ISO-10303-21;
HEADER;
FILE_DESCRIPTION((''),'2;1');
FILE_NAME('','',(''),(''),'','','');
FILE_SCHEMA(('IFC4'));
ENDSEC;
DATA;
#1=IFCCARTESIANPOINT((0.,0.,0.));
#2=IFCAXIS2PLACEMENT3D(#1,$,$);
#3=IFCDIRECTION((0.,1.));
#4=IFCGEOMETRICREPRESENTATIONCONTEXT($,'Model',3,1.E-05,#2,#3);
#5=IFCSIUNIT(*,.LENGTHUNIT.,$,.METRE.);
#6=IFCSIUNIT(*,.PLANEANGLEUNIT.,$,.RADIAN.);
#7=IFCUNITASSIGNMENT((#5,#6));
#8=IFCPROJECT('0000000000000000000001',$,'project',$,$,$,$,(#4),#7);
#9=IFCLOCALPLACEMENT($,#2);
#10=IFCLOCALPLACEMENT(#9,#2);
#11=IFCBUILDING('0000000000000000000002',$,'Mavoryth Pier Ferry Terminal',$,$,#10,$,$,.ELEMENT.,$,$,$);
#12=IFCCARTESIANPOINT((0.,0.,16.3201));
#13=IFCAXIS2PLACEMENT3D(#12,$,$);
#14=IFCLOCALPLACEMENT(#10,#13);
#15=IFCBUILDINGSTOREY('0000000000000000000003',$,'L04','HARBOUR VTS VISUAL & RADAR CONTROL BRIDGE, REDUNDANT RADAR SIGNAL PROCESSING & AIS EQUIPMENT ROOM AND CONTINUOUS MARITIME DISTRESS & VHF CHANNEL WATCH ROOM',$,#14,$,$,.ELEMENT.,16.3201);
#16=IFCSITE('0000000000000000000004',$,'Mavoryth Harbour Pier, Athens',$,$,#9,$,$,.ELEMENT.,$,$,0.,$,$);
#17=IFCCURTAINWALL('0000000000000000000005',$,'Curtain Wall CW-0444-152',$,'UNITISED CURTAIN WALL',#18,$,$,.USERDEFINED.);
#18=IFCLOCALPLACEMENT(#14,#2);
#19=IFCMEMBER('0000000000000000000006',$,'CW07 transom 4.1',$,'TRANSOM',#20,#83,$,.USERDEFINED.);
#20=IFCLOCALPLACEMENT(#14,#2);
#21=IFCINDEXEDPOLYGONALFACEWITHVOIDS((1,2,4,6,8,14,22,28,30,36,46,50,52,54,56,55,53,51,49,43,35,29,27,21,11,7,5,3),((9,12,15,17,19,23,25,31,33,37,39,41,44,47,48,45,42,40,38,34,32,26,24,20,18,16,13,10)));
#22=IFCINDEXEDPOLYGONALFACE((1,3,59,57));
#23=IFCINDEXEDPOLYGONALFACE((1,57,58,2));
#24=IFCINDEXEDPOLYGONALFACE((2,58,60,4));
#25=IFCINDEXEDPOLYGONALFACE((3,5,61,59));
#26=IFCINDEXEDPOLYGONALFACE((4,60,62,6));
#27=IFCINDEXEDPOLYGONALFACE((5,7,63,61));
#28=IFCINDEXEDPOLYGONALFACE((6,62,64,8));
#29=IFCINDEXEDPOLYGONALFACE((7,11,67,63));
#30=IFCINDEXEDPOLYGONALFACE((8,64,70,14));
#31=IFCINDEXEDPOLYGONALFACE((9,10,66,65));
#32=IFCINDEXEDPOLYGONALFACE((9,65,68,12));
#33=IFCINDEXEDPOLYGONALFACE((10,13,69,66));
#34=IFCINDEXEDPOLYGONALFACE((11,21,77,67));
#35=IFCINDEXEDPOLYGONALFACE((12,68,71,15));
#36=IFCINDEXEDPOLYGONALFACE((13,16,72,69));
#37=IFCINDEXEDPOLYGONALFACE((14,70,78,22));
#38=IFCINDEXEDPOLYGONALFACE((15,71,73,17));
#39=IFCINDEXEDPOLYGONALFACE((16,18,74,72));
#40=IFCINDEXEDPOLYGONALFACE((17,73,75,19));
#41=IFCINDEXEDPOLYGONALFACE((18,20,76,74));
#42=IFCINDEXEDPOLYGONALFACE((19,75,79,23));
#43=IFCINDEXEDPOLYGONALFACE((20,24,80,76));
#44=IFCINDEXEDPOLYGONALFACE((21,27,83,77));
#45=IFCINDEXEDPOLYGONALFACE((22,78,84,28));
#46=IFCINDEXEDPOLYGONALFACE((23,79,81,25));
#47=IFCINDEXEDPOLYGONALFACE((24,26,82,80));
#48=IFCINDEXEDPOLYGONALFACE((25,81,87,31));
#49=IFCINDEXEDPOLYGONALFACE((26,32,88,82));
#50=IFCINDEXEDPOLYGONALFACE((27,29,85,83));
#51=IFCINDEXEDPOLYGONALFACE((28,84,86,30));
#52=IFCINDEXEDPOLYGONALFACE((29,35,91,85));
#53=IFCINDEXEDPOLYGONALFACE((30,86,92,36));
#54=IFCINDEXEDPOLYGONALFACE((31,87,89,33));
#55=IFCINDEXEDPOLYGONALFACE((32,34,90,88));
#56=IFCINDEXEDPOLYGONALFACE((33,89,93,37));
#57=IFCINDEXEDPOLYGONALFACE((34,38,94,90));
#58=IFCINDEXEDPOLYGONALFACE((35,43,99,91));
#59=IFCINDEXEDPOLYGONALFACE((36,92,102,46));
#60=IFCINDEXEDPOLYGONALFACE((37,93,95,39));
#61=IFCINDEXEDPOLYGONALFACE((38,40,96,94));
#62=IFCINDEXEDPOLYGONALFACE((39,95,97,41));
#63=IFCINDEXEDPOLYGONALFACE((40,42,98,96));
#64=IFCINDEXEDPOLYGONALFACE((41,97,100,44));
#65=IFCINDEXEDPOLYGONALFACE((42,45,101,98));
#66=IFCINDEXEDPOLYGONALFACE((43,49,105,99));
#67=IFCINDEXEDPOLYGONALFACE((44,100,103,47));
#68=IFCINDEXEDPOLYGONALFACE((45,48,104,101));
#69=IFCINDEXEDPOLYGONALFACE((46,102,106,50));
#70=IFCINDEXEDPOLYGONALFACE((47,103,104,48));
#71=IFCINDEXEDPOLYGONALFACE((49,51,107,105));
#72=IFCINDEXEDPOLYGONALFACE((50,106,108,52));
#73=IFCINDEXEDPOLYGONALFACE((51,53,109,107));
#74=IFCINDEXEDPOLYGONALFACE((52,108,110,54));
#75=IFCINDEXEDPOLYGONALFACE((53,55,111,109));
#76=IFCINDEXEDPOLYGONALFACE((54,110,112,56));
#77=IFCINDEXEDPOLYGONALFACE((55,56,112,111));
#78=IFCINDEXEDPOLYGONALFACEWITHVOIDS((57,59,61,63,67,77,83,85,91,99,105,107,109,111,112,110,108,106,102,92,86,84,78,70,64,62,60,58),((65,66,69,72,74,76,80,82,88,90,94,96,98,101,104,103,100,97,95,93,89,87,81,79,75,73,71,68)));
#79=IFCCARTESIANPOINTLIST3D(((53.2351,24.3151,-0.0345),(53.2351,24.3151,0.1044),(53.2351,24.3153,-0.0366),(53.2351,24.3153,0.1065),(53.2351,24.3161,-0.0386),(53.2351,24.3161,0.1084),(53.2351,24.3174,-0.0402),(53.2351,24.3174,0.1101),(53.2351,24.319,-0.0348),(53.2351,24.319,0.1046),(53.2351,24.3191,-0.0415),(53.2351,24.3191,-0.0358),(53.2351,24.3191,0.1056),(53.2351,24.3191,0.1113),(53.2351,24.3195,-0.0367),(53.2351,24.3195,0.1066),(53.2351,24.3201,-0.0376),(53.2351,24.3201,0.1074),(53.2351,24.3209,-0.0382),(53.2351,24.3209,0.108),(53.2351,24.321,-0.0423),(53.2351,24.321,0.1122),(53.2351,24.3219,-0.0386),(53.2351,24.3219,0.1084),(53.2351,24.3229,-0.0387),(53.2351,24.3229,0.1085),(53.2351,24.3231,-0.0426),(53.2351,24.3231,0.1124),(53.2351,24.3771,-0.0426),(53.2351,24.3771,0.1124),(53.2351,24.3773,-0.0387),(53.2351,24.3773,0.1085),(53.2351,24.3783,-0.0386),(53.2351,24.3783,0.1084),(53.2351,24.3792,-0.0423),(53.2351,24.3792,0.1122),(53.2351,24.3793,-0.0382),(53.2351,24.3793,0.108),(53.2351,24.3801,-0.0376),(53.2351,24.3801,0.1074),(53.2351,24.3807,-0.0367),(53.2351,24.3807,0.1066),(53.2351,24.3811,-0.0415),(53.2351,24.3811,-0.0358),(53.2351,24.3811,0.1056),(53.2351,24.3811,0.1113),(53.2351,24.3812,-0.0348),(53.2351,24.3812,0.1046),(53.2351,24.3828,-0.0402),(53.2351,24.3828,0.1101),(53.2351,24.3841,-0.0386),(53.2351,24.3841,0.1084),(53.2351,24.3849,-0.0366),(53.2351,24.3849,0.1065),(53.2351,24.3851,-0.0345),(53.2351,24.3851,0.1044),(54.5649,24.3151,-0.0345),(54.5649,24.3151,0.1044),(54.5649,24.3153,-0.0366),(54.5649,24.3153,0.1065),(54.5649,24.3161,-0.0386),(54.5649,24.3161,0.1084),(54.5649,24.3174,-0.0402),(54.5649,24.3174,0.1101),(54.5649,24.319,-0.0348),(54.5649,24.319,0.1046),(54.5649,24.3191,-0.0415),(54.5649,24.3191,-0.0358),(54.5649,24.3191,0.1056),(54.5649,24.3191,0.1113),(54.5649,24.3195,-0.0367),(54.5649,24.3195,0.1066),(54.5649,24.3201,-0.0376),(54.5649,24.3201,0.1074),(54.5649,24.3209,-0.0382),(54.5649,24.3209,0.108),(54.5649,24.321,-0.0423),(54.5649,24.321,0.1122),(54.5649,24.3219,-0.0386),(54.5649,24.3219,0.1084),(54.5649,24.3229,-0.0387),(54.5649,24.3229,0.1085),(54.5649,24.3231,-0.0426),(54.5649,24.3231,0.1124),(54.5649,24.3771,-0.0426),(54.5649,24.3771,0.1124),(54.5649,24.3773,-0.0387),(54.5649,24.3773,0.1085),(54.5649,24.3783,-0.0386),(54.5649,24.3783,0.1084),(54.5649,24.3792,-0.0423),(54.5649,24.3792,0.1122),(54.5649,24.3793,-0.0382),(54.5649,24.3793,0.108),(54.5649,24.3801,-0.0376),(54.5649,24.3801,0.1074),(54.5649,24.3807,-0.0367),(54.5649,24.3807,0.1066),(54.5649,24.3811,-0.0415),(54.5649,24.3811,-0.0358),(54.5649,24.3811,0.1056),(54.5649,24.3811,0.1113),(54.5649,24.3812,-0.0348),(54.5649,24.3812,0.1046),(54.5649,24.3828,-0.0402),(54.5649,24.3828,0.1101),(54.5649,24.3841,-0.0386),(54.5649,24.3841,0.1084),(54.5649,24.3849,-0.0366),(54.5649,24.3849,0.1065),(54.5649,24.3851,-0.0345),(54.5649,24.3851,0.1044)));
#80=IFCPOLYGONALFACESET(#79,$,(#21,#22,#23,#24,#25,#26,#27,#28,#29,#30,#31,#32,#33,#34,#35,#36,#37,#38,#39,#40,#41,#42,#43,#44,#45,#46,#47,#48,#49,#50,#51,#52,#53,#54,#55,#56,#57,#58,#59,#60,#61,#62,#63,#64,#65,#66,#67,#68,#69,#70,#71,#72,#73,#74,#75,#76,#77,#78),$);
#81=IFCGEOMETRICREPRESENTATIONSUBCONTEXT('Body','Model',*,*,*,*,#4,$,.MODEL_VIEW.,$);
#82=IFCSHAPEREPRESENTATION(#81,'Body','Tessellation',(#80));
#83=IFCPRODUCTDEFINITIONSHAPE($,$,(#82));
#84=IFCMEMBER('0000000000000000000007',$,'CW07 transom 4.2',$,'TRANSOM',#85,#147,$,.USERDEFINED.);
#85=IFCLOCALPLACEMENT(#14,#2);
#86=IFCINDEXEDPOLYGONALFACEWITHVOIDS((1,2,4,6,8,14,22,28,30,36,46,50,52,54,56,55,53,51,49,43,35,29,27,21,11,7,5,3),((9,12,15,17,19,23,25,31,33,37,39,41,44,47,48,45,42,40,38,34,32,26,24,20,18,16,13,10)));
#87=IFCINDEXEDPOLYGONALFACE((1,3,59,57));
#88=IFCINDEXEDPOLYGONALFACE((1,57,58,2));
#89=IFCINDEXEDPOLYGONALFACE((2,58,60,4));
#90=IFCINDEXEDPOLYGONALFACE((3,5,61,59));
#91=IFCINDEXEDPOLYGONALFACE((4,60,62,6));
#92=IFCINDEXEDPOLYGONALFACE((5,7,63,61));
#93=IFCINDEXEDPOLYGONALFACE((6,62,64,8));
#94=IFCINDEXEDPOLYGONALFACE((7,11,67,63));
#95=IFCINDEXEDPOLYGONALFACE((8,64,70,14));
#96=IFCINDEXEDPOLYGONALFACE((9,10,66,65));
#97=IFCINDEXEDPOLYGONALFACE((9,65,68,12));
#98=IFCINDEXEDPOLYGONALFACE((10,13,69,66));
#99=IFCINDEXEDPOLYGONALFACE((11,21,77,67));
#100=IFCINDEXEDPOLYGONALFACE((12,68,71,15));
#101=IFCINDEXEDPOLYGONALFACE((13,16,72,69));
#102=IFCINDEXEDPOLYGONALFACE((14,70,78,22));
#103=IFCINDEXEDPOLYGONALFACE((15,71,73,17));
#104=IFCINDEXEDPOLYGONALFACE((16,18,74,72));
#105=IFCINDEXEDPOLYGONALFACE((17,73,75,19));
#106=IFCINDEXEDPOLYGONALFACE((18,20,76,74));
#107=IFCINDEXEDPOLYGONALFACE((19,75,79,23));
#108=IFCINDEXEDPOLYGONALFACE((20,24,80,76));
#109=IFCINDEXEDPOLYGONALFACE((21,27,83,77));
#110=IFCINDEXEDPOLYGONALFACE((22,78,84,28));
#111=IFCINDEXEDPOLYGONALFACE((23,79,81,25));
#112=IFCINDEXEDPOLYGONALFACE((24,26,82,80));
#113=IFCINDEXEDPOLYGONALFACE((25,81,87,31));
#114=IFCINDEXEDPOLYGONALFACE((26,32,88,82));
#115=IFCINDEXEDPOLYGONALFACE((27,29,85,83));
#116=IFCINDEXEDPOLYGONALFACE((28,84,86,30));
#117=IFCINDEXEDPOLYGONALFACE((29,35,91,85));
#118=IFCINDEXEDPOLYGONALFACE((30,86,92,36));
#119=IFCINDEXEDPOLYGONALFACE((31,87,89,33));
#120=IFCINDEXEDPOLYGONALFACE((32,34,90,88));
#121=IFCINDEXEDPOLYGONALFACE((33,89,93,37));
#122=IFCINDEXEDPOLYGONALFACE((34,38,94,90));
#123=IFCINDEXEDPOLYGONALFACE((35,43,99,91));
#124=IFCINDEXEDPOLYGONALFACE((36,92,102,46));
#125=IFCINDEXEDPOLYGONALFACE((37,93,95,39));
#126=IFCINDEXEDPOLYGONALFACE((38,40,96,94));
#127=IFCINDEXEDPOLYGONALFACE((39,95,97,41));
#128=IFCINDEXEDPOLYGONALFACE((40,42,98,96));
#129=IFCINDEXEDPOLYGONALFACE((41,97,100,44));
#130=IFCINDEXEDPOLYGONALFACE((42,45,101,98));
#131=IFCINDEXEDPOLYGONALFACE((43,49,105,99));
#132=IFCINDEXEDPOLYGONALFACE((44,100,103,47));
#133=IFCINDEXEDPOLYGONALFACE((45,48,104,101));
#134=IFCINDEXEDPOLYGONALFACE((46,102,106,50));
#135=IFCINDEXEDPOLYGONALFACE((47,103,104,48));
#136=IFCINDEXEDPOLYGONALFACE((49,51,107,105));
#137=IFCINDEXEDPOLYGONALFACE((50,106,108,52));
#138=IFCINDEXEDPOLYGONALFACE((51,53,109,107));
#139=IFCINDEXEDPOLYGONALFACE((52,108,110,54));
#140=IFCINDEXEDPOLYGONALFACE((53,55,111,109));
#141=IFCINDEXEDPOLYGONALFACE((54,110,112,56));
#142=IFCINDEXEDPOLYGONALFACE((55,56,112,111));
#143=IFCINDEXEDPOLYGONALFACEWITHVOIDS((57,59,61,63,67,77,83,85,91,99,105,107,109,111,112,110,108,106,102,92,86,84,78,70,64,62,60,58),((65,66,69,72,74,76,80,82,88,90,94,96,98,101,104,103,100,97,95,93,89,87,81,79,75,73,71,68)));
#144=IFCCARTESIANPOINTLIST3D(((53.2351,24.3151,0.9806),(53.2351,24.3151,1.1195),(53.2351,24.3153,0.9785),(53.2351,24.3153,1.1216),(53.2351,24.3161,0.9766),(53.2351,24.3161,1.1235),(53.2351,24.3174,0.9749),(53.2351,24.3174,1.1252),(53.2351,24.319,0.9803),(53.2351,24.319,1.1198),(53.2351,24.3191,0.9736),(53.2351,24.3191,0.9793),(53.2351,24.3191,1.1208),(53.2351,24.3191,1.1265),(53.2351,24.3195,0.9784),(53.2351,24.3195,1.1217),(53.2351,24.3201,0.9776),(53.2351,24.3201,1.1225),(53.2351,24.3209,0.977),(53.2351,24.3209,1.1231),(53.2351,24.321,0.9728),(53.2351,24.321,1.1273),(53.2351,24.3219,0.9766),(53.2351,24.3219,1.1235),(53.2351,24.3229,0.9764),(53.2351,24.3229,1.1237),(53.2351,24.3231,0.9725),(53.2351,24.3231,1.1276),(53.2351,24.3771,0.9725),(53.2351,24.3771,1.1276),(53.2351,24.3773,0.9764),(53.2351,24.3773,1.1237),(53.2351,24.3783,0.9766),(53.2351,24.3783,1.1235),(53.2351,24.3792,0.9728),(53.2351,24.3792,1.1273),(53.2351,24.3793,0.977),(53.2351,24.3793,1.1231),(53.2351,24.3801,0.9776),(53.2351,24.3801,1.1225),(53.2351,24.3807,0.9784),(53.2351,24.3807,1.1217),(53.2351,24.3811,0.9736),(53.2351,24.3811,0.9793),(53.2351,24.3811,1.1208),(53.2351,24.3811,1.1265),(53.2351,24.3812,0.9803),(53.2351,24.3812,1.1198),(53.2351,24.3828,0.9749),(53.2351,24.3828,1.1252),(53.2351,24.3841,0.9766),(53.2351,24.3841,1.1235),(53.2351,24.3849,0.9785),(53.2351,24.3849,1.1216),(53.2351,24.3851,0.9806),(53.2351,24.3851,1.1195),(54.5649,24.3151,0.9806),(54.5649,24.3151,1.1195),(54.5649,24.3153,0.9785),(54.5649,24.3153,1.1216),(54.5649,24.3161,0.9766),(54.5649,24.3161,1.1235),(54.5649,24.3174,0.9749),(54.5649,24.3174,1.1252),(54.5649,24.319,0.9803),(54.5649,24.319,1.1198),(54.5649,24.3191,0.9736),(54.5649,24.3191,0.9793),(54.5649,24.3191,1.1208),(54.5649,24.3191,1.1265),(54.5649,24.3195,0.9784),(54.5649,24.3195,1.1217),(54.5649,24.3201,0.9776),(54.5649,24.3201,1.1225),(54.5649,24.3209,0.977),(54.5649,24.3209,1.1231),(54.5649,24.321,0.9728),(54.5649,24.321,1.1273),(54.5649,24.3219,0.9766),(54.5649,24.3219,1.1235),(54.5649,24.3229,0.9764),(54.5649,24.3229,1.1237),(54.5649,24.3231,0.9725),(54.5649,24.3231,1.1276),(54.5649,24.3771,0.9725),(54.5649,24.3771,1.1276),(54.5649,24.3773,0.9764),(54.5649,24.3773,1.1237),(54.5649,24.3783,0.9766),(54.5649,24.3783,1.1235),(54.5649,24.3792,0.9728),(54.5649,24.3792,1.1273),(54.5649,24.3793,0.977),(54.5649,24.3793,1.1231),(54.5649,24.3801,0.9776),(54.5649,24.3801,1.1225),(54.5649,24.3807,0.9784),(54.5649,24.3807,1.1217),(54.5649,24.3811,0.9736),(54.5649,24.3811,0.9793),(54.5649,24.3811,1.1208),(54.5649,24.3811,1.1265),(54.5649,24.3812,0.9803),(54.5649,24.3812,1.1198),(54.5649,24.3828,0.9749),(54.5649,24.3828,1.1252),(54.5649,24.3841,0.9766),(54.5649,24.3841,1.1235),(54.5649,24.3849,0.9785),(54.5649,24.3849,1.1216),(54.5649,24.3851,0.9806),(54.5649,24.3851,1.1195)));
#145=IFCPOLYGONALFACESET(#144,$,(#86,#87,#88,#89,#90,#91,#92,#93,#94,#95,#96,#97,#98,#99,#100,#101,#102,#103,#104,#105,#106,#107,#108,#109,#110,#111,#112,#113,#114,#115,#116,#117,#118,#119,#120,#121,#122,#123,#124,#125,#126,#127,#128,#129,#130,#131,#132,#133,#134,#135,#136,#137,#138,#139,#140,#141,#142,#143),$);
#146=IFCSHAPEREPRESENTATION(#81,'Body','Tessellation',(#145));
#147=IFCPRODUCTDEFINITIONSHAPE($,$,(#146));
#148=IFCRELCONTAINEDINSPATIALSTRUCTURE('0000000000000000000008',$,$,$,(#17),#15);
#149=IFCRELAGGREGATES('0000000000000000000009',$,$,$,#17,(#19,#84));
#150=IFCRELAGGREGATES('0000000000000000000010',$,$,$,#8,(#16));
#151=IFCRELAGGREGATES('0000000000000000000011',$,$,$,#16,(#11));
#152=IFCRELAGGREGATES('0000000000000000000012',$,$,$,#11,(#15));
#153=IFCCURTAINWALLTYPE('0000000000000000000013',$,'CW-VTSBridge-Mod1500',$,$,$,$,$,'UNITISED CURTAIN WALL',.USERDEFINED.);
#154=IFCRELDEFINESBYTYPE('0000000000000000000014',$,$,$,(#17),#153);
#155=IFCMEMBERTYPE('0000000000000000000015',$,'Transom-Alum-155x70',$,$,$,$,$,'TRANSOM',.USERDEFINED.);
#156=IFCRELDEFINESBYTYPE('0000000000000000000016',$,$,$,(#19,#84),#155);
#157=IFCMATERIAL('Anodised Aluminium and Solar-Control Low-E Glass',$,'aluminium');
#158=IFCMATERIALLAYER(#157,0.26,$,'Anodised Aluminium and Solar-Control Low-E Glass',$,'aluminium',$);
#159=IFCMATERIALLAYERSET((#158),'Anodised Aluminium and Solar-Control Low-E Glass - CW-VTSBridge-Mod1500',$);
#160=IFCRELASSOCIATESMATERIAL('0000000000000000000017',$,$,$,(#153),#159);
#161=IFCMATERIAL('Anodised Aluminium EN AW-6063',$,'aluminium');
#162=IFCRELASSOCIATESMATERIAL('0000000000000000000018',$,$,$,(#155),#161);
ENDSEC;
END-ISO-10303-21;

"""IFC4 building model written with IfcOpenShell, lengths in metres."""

from ifc_helpers import new_model, si_unit, direction, frame, origin, origin_2d, place, context, subcontext, project, spatial, hollow_rectangle, extrude, material, layer, layer_set, material_profile, profile_set, type_object, element, aggregate, save


model = new_model("IFC4")

# Units and contexts
model_context = context("Model", 3, precision=1e-05, world=origin(), true_north=direction((0.0, 1.0)))
body_context = subcontext(model_context, "Body", "Model", "MODEL_VIEW")
ifc_project = project(units=[si_unit("LENGTHUNIT", "METRE"), si_unit("PLANEANGLEUNIT", "RADIAN")], contexts=[model_context])

# Site, building, storey
site_placement = place(None, origin())
site = spatial("IfcSite", under=ifc_project, at=site_placement, Name="Mavoryth Harbour Pier, Athens", CompositionType="ELEMENT", RefElevation=0.0)
building_placement = place(site_placement, origin())
building = spatial("IfcBuilding", under=site, at=building_placement, Name="Mavoryth Pier Ferry Terminal", CompositionType="ELEMENT")
storey_placement = place(building_placement, frame((0.0, 0.0, 16.3201)))
storey = spatial("IfcBuildingStorey", under=building, at=storey_placement, Name="L04", Description="HARBOUR VTS VISUAL & RADAR CONTROL BRIDGE, REDUNDANT RADAR SIGNAL PROCESSING & AIS EQUIPMENT ROOM AND CONTINUOUS MARITIME DISTRESS & VHF CHANNEL WATCH ROOM", CompositionType="ELEMENT", Elevation=16.3201)

# Curtain wall
ifc_material_1 = material(Name="Anodised Aluminium and Solar-Control Low-E Glass", Category="aluminium")
ifc_layer_1 = layer(ifc_material_1, 0.26, Name="Anodised Aluminium and Solar-Control Low-E Glass", Category="aluminium")
ifc_layer_set_1 = layer_set([ifc_layer_1], Name="Anodised Aluminium and Solar-Control Low-E Glass - CW-VTSBridge-Mod1500")
curtain_wall_type = type_object("IfcCurtainWallType", Name="CW-VTSBridge-Mod1500", ElementType="UNITISED CURTAIN WALL", PredefinedType="USERDEFINED", material=ifc_layer_set_1)
curtain_wall_placement = place(storey_placement, origin())
curtain_wall = element("IfcCurtainWall", 1, at=curtain_wall_placement, inside=storey, type_object=curtain_wall_type, Name="Curtain Wall CW-0444-152", ObjectType="UNITISED CURTAIN WALL", PredefinedType="USERDEFINED")
ifc_material_2 = material(Name="Anodised Aluminium EN AW-6063", Category="aluminium")

# Members
ifc_material_profile_1 = material_profile(ifc_material_2, hollow_rectangle(XDim=0.0701, YDim=0.155, WallThickness=0.0039, InnerFilletRadius=0.0039, OuterFilletRadius=0.0081, at=origin_2d()), Name="AL-TRAN 155x70x4", Category="aluminium")
ifc_profile_set_1 = profile_set([ifc_material_profile_1], Name="Anodised Aluminium EN AW-6063 - AL-TRAN 155x70x4")
member_type_1 = type_object("IfcMemberType", Name="Transom-Alum-155x70", ElementType="TRANSOM", PredefinedType="USERDEFINED", material=ifc_profile_set_1)
member_1_placement = place(storey_placement, frame((54.5649, 24.3501, 0.0349), z_axis=(-1.0, 0.0, 0.0), x_axis=(0.0, -1.0, 0.0)))
member_1 = element("IfcMember", 2, at=member_1_placement, type_object=member_type_1, Name="CW07 transom 4.1", ObjectType="TRANSOM", PredefinedType="USERDEFINED", context=body_context, shape_type="SweptSolid", body=[
    extrude(hollow_rectangle(XDim=0.0701, YDim=0.155, WallThickness=0.0039, InnerFilletRadius=0.0039, OuterFilletRadius=0.0081, at=origin_2d()), origin(), (0.0, 0.0, 1.0), 1.3298),
])
member_2_placement = place(storey_placement, frame((54.5649, 24.3501, 1.05), z_axis=(-1.0, 0.0, 0.0), x_axis=(0.0, -1.0, 0.0)))
member_2 = element("IfcMember", 3, at=member_2_placement, type_object=member_type_1, Name="CW07 transom 4.2", ObjectType="TRANSOM", PredefinedType="USERDEFINED", context=body_context, shape_type="SweptSolid", body=[
    extrude(hollow_rectangle(XDim=0.0701, YDim=0.155, WallThickness=0.0039, InnerFilletRadius=0.0039, OuterFilletRadius=0.0081, at=origin_2d()), origin(), (0.0, 0.0, 1.0), 1.3298),
])

aggregate(curtain_wall, [member_1, member_2])

save(model, "model.ifc")
